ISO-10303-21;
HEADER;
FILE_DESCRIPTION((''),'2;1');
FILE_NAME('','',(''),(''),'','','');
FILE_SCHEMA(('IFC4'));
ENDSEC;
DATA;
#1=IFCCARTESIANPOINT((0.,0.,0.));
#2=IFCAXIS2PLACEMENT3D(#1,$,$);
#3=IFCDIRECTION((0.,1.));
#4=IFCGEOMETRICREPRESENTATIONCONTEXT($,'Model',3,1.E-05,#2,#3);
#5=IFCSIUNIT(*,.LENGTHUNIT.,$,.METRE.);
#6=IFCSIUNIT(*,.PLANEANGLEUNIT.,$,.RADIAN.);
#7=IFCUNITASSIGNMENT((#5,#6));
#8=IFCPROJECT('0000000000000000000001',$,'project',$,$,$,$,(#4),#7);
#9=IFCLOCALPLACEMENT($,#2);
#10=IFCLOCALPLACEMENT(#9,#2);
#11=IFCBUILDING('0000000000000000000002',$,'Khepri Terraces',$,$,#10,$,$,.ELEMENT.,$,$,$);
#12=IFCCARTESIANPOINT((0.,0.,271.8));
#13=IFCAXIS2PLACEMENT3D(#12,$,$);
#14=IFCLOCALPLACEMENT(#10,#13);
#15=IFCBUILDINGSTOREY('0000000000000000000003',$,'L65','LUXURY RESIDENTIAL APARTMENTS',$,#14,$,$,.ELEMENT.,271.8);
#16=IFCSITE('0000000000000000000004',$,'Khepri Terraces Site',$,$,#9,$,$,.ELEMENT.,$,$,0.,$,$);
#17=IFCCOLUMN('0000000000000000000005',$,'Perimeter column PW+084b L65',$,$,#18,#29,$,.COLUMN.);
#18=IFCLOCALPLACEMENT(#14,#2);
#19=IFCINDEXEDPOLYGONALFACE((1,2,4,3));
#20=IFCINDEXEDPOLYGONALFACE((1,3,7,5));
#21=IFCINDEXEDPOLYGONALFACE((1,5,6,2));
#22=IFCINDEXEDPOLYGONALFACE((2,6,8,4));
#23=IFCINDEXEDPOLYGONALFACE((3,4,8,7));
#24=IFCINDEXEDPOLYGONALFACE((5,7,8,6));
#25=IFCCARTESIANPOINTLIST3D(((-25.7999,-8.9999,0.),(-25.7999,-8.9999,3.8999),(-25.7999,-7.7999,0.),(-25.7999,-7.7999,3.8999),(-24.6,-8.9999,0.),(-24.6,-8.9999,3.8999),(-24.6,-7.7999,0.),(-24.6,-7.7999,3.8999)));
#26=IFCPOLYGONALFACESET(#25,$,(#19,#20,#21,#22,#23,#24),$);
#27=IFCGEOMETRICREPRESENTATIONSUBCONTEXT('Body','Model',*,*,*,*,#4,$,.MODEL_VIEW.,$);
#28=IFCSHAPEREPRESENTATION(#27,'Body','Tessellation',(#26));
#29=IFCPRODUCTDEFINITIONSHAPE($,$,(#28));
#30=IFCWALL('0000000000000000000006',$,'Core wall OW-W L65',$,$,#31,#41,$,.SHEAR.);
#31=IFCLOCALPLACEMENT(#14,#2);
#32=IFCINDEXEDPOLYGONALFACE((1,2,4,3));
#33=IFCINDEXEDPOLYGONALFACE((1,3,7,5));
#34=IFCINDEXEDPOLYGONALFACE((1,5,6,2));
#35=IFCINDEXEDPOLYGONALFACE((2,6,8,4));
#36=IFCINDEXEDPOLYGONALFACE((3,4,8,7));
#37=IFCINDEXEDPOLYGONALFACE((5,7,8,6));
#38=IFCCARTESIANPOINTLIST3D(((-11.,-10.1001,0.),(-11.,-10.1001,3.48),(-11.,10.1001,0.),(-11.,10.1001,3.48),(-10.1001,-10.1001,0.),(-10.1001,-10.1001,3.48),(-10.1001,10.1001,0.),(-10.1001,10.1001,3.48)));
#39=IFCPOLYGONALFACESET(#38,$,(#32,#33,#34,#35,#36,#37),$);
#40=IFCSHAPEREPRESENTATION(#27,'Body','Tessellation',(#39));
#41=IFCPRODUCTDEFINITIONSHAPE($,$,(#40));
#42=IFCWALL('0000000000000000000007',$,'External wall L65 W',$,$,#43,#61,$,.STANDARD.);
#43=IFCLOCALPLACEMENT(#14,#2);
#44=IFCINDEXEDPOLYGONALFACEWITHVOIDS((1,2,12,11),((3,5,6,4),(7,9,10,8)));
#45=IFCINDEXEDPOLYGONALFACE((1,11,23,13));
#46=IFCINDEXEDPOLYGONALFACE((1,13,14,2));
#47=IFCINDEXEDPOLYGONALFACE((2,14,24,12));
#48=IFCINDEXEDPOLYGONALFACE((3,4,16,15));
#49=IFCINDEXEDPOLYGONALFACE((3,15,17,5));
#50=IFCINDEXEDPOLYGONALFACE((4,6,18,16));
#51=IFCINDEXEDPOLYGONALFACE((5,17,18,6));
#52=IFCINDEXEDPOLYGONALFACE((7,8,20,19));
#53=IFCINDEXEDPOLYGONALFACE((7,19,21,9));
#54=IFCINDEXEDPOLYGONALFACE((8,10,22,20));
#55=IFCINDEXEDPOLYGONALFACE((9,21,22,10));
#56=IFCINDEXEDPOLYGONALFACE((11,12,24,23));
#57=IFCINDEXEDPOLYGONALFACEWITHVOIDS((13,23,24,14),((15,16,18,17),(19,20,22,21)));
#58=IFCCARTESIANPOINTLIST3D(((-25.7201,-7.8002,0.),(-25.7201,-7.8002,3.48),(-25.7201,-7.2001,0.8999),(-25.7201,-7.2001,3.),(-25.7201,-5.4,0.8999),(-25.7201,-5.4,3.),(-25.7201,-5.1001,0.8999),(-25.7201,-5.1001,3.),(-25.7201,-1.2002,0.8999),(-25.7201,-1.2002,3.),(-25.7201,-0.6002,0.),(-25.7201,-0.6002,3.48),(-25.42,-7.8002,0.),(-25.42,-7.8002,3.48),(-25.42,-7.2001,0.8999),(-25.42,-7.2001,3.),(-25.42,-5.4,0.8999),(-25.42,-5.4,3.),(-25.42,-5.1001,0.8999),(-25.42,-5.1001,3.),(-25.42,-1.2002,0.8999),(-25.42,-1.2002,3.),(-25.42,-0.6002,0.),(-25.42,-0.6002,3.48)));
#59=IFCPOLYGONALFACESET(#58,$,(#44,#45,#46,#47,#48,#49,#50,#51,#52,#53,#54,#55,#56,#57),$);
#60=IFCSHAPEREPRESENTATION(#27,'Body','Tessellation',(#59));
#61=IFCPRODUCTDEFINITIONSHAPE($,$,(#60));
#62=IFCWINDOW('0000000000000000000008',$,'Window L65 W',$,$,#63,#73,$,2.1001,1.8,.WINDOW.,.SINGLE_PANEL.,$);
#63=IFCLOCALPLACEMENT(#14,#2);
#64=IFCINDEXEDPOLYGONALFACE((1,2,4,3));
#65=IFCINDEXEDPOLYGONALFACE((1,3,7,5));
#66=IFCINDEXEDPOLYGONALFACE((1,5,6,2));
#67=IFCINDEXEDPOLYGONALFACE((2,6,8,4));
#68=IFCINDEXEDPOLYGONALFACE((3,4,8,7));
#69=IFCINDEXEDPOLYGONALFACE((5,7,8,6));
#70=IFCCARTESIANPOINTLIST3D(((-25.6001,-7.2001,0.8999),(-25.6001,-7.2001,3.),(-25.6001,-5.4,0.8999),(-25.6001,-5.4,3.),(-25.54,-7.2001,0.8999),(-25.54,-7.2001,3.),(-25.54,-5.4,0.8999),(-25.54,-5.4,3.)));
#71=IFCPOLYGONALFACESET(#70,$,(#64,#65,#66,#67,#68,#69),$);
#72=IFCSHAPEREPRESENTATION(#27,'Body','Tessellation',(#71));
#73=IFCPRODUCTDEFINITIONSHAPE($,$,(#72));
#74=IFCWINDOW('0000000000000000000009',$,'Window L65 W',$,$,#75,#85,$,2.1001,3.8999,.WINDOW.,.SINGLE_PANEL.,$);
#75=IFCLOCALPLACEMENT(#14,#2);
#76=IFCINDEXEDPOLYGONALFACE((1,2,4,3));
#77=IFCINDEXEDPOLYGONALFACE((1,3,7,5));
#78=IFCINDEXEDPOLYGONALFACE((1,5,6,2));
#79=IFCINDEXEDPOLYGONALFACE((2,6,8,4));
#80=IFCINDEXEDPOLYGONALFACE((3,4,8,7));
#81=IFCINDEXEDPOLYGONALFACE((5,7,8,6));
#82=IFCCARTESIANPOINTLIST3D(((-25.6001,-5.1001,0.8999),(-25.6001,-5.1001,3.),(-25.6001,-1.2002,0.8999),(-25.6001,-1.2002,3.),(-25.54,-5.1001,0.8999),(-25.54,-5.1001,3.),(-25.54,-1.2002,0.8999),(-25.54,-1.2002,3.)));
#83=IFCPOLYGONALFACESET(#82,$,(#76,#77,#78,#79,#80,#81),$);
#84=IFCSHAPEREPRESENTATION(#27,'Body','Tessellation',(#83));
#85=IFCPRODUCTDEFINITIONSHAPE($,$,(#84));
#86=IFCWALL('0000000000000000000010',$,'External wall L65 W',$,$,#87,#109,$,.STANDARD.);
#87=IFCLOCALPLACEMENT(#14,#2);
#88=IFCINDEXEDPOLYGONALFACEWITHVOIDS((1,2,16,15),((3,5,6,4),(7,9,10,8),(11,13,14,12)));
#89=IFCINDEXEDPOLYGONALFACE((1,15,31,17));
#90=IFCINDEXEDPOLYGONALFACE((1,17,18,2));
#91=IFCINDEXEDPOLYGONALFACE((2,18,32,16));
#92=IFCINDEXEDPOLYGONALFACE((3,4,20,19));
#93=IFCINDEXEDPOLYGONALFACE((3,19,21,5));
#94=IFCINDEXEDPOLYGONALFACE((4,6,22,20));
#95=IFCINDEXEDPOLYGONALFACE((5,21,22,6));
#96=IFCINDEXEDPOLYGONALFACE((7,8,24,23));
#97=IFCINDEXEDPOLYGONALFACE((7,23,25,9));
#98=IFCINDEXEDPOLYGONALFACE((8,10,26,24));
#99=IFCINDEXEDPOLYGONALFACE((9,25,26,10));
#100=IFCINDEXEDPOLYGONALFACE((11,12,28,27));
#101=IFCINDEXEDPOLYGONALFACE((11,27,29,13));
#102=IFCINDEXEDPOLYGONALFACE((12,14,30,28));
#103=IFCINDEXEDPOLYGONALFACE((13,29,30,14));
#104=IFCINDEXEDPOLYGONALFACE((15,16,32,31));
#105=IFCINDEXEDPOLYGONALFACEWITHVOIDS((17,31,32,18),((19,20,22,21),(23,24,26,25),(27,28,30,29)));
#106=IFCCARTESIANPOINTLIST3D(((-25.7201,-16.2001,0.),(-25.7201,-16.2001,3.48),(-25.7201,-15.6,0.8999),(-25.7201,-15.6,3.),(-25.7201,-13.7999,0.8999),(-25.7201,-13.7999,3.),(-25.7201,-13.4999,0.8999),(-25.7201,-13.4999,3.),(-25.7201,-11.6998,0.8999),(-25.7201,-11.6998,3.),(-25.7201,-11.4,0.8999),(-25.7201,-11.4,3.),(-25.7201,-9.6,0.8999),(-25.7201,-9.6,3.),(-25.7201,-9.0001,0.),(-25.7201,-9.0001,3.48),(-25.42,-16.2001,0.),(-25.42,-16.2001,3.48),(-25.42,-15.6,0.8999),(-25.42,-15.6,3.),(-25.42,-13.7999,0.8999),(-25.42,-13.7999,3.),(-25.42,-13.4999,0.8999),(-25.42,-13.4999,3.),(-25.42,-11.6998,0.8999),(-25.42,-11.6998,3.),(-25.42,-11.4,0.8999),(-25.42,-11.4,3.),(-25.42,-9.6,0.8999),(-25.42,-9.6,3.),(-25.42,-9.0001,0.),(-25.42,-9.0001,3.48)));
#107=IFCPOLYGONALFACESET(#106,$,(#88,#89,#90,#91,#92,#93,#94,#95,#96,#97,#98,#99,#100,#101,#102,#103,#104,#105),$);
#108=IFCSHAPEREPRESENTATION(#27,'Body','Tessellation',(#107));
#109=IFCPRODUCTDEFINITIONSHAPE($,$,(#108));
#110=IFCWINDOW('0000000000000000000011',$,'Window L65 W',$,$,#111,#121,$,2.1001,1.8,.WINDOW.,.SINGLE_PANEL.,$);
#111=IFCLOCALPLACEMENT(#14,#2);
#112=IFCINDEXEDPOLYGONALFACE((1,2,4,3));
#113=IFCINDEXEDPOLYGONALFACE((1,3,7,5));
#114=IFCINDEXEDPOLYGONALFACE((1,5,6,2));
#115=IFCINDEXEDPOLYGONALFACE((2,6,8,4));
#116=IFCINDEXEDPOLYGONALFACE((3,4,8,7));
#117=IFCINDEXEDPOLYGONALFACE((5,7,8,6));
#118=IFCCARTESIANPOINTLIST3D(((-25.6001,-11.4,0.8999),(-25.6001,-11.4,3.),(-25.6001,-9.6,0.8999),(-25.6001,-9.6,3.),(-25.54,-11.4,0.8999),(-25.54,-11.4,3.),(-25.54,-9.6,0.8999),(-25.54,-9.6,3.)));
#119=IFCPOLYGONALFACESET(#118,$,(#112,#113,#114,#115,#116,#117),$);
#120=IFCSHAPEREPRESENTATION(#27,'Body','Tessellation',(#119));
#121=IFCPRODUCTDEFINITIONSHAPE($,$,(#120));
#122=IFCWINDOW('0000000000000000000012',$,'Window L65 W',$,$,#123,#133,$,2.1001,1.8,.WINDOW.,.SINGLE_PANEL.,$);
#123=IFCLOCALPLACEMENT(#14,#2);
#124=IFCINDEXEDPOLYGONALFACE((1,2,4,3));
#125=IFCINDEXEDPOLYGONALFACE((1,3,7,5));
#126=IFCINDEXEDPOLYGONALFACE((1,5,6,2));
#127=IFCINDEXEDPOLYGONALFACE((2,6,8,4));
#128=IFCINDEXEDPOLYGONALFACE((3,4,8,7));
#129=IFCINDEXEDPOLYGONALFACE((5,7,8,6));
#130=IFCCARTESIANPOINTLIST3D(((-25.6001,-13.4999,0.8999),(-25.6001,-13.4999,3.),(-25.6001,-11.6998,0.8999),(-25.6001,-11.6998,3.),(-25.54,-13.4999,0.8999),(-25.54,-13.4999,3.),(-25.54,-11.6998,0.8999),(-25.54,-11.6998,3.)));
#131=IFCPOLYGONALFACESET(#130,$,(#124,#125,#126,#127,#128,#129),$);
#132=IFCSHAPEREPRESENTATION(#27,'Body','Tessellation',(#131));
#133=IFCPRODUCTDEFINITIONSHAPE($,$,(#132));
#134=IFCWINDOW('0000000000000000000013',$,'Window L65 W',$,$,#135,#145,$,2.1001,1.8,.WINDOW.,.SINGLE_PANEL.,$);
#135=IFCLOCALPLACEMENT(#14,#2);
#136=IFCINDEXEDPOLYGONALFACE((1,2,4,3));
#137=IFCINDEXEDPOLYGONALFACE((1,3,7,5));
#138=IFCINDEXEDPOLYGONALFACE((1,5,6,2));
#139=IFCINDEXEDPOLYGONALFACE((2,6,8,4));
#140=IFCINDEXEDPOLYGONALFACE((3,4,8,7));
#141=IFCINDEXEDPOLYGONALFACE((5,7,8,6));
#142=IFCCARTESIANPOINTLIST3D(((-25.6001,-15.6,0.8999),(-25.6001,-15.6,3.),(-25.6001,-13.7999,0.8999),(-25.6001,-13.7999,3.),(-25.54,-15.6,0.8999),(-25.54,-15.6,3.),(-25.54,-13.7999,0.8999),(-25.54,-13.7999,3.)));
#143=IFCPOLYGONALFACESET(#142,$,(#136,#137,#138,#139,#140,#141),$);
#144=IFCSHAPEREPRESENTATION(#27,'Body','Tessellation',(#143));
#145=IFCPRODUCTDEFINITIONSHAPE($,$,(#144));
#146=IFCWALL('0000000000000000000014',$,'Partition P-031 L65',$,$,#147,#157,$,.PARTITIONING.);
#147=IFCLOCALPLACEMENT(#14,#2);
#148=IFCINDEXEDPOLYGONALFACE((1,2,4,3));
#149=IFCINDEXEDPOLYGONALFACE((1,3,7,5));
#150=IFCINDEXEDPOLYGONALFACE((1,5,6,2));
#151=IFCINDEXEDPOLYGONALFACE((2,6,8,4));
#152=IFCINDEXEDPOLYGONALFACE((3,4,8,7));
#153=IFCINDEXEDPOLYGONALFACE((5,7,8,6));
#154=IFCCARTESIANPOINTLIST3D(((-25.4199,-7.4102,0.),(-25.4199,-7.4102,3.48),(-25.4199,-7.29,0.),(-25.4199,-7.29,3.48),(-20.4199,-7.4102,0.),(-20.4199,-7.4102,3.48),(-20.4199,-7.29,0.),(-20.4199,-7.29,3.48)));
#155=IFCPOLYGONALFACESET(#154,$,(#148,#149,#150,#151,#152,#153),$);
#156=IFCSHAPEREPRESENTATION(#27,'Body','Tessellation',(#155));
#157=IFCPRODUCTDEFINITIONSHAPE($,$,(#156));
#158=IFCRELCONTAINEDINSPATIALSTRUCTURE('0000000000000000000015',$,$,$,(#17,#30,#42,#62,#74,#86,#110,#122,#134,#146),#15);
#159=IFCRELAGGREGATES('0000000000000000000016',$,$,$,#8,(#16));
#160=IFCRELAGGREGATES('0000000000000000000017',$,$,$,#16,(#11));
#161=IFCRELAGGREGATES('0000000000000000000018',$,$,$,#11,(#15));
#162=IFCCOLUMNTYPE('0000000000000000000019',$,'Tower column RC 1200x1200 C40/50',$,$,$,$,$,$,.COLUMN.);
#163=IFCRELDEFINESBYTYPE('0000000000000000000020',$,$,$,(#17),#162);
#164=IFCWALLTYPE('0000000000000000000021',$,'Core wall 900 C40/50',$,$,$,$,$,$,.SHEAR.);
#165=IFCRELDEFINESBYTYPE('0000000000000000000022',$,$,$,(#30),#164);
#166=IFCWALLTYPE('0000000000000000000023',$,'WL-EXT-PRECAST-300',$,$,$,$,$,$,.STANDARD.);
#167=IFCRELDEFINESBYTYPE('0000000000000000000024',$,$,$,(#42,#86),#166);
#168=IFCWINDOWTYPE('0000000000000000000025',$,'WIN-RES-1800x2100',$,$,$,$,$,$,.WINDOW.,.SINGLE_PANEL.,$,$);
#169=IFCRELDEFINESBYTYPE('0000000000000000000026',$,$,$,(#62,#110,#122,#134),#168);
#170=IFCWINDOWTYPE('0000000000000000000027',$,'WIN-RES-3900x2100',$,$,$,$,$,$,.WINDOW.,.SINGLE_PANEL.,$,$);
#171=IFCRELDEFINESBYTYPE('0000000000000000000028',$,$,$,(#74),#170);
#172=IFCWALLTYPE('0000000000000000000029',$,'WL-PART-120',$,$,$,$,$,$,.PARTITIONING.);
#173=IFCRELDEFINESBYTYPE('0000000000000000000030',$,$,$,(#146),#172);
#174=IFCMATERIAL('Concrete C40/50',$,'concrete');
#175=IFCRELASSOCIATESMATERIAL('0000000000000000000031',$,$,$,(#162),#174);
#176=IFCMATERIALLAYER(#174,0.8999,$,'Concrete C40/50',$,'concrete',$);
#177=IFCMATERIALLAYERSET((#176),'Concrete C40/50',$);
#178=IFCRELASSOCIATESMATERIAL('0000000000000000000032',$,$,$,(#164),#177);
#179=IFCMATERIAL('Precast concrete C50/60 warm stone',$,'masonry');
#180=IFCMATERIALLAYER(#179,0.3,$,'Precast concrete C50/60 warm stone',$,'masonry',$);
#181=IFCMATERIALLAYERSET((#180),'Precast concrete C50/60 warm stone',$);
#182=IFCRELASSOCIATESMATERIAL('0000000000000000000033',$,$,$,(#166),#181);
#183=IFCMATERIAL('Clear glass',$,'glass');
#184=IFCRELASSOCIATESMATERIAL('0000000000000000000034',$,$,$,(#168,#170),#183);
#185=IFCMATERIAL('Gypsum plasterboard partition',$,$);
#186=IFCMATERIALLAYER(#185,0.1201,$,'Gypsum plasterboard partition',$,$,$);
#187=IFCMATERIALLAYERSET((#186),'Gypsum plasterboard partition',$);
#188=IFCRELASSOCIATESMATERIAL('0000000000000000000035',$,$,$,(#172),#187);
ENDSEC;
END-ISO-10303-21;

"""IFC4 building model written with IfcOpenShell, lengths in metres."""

from ifc_helpers import new_model, si_unit, direction, frame, frame_2d, origin, origin_2d, place, context, subcontext, project, spatial, rectangle, extrude, material, layer, layer_set, material_profile, profile_set, type_object, element, fill, save


model = new_model("IFC4")

# Units and contexts
model_context = context("Model", 3, precision=1e-05, world=origin(), true_north=direction((0.0, 1.0)))
body_context = subcontext(model_context, "Body", "Model", "MODEL_VIEW")
ifc_project = project(units=[si_unit("LENGTHUNIT", "METRE"), si_unit("PLANEANGLEUNIT", "RADIAN")], contexts=[model_context])

# Site, building, storey
site_placement = place(None, origin())
site = spatial("IfcSite", under=ifc_project, at=site_placement, Name="Khepri Terraces Site", CompositionType="ELEMENT", RefElevation=0.0)
building_placement = place(site_placement, origin())
building = spatial("IfcBuilding", under=site, at=building_placement, Name="Khepri Terraces", CompositionType="ELEMENT")
storey_placement = place(building_placement, frame((0.0, 0.0, 271.8)))
storey = spatial("IfcBuildingStorey", under=building, at=storey_placement, Name="L65", Description="LUXURY RESIDENTIAL APARTMENTS", CompositionType="ELEMENT", Elevation=271.8)

# Column
ifc_material_1 = material(Name="Concrete C40/50", Category="concrete")
ifc_material_profile = material_profile(ifc_material_1, rectangle(XDim=1.2, YDim=1.2, at=origin_2d()), Name="Concrete C40/50", Category="concrete")
ifc_profile_set = profile_set([ifc_material_profile], Name="Concrete C40/50")
column_type = type_object("IfcColumnType", Name="Tower column RC 1200x1200 C40/50", PredefinedType="COLUMN", material=ifc_profile_set)
column_placement = place(storey_placement, frame((-25.2, -8.3999, 0.0), z_axis=(0.0, 0.0, 1.0), x_axis=(1.0, 0.0, 0.0)))
element("IfcColumn", 1, at=column_placement, inside=storey, type_object=column_type, Name="Perimeter column PW+084b L65", PredefinedType="COLUMN", context=body_context, shape_type="SweptSolid", body=[
    extrude(rectangle(XDim=1.2, YDim=1.2, at=origin_2d()), origin(), (0.0, 0.0, 1.0), 3.8999),
])

# Wall
ifc_layer_1 = layer(ifc_material_1, 0.8999, Name="Concrete C40/50", Category="concrete")
ifc_layer_set_1 = layer_set([ifc_layer_1], Name="Concrete C40/50")
wall_type_1 = type_object("IfcWallType", Name="Core wall 900 C40/50", PredefinedType="SHEAR", material=ifc_layer_set_1)
wall_1_placement = place(storey_placement, frame((-10.55, -10.1001, 0.0), z_axis=(0.0, 0.0, 1.0), x_axis=(0.0, 1.0, 0.0)))
element("IfcWall", 2, at=wall_1_placement, inside=storey, type_object=wall_type_1, Name="Core wall OW-W L65", PredefinedType="SHEAR", context=body_context, shape_type="SweptSolid", body=[
    extrude(rectangle(XDim=20.2002, YDim=0.8999, at=frame_2d((10.1001, 0.0))), origin(), (0.0, 0.0, 1.0), 3.48),
])

# Walls, openings, windows
ifc_material_2 = material(Name="Precast concrete C50/60 warm stone", Category="masonry")
ifc_layer_2 = layer(ifc_material_2, 0.3, Name="Precast concrete C50/60 warm stone", Category="masonry")
ifc_layer_set_2 = layer_set([ifc_layer_2], Name="Precast concrete C50/60 warm stone")
wall_type_2 = type_object("IfcWallType", Name="WL-EXT-PRECAST-300", PredefinedType="STANDARD", material=ifc_layer_set_2)
wall_2_placement = place(storey_placement, frame((-25.5701, -0.6001, 0.0), z_axis=(0.0, 0.0, 1.0), x_axis=(0.0, -1.0, 0.0)))
wall_2 = element("IfcWall", 3, at=wall_2_placement, inside=storey, type_object=wall_type_2, Name="External wall L65 W", PredefinedType="STANDARD", context=body_context, shape_type="SweptSolid", body=[
    extrude(rectangle(XDim=7.2, YDim=0.3, at=frame_2d((3.6001, 0.0))), origin(), (0.0, 0.0, 1.0), 3.48),
])
opening_1_placement = place(wall_2_placement, frame((0.6001, 0.0, 0.8999)))
opening_1 = element("IfcOpeningElement", 4, at=opening_1_placement, cuts=wall_2, PredefinedType="OPENING", context=body_context, shape_type="SweptSolid", body=[
    extrude(rectangle(XDim=3.8999, YDim=2.1001, at=frame_2d((1.95, 1.05))), frame((0.0, 0.1602, 0.0), z_axis=(0.0, -1.0, 0.0), x_axis=(1.0, 0.0, 0.0)), (0.0, 0.0, 1.0), 0.3201),
])
opening_2_placement = place(wall_2_placement, frame((4.8, 0.0, 0.8999)))
opening_2 = element("IfcOpeningElement", 5, at=opening_2_placement, cuts=wall_2, PredefinedType="OPENING", context=body_context, shape_type="SweptSolid", body=[
    extrude(rectangle(XDim=1.8, YDim=2.1001, at=frame_2d((0.8999, 1.05))), frame((0.0, 0.1602, 0.0), z_axis=(0.0, -1.0, 0.0), x_axis=(1.0, 0.0, 0.0)), (0.0, 0.0, 1.0), 0.3201),
])
ifc_material_3 = material(Name="Clear glass", Category="glass")
window_type_1 = type_object("IfcWindowType", Name="WIN-RES-1800x2100", PartitioningType="SINGLE_PANEL", PredefinedType="WINDOW", material=ifc_material_3)
window_1_placement = place(opening_2_placement, origin())
window_1 = element("IfcWindow", 6, at=window_1_placement, inside=storey, type_object=window_type_1, Name="Window L65 W", OverallHeight=2.1001, OverallWidth=1.8, PartitioningType="SINGLE_PANEL", PredefinedType="WINDOW", context=body_context, shape_type="SweptSolid", body=[
    extrude(rectangle(XDim=1.8, YDim=2.1001, at=frame_2d((0.8999, 1.05))), frame((0.0, 0.03, 0.0), z_axis=(0.0, -1.0, 0.0), x_axis=(1.0, 0.0, 0.0)), (0.0, 0.0, 1.0), 0.0601),
])
fill(opening_2, window_1)
window_type_2 = type_object("IfcWindowType", Name="WIN-RES-3900x2100", PartitioningType="SINGLE_PANEL", PredefinedType="WINDOW", material=ifc_material_3)
window_2_placement = place(opening_1_placement, origin())
window_2 = element("IfcWindow", 7, at=window_2_placement, inside=storey, type_object=window_type_2, Name="Window L65 W", OverallHeight=2.1001, OverallWidth=3.8999, PartitioningType="SINGLE_PANEL", PredefinedType="WINDOW", context=body_context, shape_type="SweptSolid", body=[
    extrude(rectangle(XDim=3.8999, YDim=2.1001, at=frame_2d((1.95, 1.05))), frame((0.0, 0.03, 0.0), z_axis=(0.0, -1.0, 0.0), x_axis=(1.0, 0.0, 0.0)), (0.0, 0.0, 1.0), 0.0601),
])
fill(opening_1, window_2)
wall_3_placement = place(storey_placement, frame((-25.5701, -9.0, 0.0), z_axis=(0.0, 0.0, 1.0), x_axis=(0.0, -1.0, 0.0)))
wall_3 = element("IfcWall", 8, at=wall_3_placement, inside=storey, type_object=wall_type_2, Name="External wall L65 W", PredefinedType="STANDARD", context=body_context, shape_type="SweptSolid", body=[
    extrude(rectangle(XDim=7.2, YDim=0.3, at=frame_2d((3.6001, 0.0))), origin(), (0.0, 0.0, 1.0), 3.48),
])
opening_3_placement = place(wall_3_placement, frame((0.6001, 0.0, 0.8999)))
opening_3 = element("IfcOpeningElement", 9, at=opening_3_placement, cuts=wall_3, PredefinedType="OPENING", context=body_context, shape_type="SweptSolid", body=[
    extrude(rectangle(XDim=1.8, YDim=2.1001, at=frame_2d((0.8999, 1.05))), frame((0.0, 0.1602, 0.0), z_axis=(0.0, -1.0, 0.0), x_axis=(1.0, 0.0, 0.0)), (0.0, 0.0, 1.0), 0.3201),
])
opening_4_placement = place(wall_3_placement, frame((2.7, 0.0, 0.8999)))
opening_4 = element("IfcOpeningElement", 10, at=opening_4_placement, cuts=wall_3, PredefinedType="OPENING", context=body_context, shape_type="SweptSolid", body=[
    extrude(rectangle(XDim=1.8, YDim=2.1001, at=frame_2d((0.8999, 1.05))), frame((0.0, 0.1602, 0.0), z_axis=(0.0, -1.0, 0.0), x_axis=(1.0, 0.0, 0.0)), (0.0, 0.0, 1.0), 0.3201),
])
opening_5_placement = place(wall_3_placement, frame((4.8, 0.0, 0.8999)))
opening_5 = element("IfcOpeningElement", 11, at=opening_5_placement, cuts=wall_3, PredefinedType="OPENING", context=body_context, shape_type="SweptSolid", body=[
    extrude(rectangle(XDim=1.8, YDim=2.1001, at=frame_2d((0.8999, 1.05))), frame((0.0, 0.1602, 0.0), z_axis=(0.0, -1.0, 0.0), x_axis=(1.0, 0.0, 0.0)), (0.0, 0.0, 1.0), 0.3201),
])
window_3_placement = place(opening_3_placement, origin())
window_3 = element("IfcWindow", 12, at=window_3_placement, inside=storey, type_object=window_type_1, Name="Window L65 W", OverallHeight=2.1001, OverallWidth=1.8, PartitioningType="SINGLE_PANEL", PredefinedType="WINDOW", context=body_context, shape_type="SweptSolid", body=[
    extrude(rectangle(XDim=1.8, YDim=2.1001, at=frame_2d((0.8999, 1.05))), frame((0.0, 0.03, 0.0), z_axis=(0.0, -1.0, 0.0), x_axis=(1.0, 0.0, 0.0)), (0.0, 0.0, 1.0), 0.0601),
])
fill(opening_3, window_3)
window_4_placement = place(opening_4_placement, origin())
window_4 = element("IfcWindow", 13, at=window_4_placement, inside=storey, type_object=window_type_1, Name="Window L65 W", OverallHeight=2.1001, OverallWidth=1.8, PartitioningType="SINGLE_PANEL", PredefinedType="WINDOW", context=body_context, shape_type="SweptSolid", body=[
    extrude(rectangle(XDim=1.8, YDim=2.1001, at=frame_2d((0.8999, 1.05))), frame((0.0, 0.03, 0.0), z_axis=(0.0, -1.0, 0.0), x_axis=(1.0, 0.0, 0.0)), (0.0, 0.0, 1.0), 0.0601),
])
fill(opening_4, window_4)
window_5_placement = place(opening_5_placement, origin())
window_5 = element("IfcWindow", 14, at=window_5_placement, inside=storey, type_object=window_type_1, Name="Window L65 W", OverallHeight=2.1001, OverallWidth=1.8, PartitioningType="SINGLE_PANEL", PredefinedType="WINDOW", context=body_context, shape_type="SweptSolid", body=[
    extrude(rectangle(XDim=1.8, YDim=2.1001, at=frame_2d((0.8999, 1.05))), frame((0.0, 0.03, 0.0), z_axis=(0.0, -1.0, 0.0), x_axis=(1.0, 0.0, 0.0)), (0.0, 0.0, 1.0), 0.0601),
])
fill(opening_5, window_5)

# Wall
ifc_material_4 = material(Name="Gypsum plasterboard partition")
ifc_layer_3 = layer(ifc_material_4, 0.1201, Name="Gypsum plasterboard partition")
ifc_layer_set_3 = layer_set([ifc_layer_3], Name="Gypsum plasterboard partition")
wall_type_3 = type_object("IfcWallType", Name="WL-PART-120", PredefinedType="PARTITIONING", material=ifc_layer_set_3)
wall_4_placement = place(storey_placement, frame((-25.4199, -7.3501, 0.0), z_axis=(0.0, 0.0, 1.0), x_axis=(1.0, 0.0, 0.0)))
element("IfcWall", 15, at=wall_4_placement, inside=storey, type_object=wall_type_3, Name="Partition P-031 L65", PredefinedType="PARTITIONING", context=body_context, shape_type="SweptSolid", body=[
    extrude(rectangle(XDim=5.0, YDim=0.1201, at=frame_2d((2.5, 0.0))), origin(), (0.0, 0.0, 1.0), 3.48),
])

save(model, "model.ifc")
